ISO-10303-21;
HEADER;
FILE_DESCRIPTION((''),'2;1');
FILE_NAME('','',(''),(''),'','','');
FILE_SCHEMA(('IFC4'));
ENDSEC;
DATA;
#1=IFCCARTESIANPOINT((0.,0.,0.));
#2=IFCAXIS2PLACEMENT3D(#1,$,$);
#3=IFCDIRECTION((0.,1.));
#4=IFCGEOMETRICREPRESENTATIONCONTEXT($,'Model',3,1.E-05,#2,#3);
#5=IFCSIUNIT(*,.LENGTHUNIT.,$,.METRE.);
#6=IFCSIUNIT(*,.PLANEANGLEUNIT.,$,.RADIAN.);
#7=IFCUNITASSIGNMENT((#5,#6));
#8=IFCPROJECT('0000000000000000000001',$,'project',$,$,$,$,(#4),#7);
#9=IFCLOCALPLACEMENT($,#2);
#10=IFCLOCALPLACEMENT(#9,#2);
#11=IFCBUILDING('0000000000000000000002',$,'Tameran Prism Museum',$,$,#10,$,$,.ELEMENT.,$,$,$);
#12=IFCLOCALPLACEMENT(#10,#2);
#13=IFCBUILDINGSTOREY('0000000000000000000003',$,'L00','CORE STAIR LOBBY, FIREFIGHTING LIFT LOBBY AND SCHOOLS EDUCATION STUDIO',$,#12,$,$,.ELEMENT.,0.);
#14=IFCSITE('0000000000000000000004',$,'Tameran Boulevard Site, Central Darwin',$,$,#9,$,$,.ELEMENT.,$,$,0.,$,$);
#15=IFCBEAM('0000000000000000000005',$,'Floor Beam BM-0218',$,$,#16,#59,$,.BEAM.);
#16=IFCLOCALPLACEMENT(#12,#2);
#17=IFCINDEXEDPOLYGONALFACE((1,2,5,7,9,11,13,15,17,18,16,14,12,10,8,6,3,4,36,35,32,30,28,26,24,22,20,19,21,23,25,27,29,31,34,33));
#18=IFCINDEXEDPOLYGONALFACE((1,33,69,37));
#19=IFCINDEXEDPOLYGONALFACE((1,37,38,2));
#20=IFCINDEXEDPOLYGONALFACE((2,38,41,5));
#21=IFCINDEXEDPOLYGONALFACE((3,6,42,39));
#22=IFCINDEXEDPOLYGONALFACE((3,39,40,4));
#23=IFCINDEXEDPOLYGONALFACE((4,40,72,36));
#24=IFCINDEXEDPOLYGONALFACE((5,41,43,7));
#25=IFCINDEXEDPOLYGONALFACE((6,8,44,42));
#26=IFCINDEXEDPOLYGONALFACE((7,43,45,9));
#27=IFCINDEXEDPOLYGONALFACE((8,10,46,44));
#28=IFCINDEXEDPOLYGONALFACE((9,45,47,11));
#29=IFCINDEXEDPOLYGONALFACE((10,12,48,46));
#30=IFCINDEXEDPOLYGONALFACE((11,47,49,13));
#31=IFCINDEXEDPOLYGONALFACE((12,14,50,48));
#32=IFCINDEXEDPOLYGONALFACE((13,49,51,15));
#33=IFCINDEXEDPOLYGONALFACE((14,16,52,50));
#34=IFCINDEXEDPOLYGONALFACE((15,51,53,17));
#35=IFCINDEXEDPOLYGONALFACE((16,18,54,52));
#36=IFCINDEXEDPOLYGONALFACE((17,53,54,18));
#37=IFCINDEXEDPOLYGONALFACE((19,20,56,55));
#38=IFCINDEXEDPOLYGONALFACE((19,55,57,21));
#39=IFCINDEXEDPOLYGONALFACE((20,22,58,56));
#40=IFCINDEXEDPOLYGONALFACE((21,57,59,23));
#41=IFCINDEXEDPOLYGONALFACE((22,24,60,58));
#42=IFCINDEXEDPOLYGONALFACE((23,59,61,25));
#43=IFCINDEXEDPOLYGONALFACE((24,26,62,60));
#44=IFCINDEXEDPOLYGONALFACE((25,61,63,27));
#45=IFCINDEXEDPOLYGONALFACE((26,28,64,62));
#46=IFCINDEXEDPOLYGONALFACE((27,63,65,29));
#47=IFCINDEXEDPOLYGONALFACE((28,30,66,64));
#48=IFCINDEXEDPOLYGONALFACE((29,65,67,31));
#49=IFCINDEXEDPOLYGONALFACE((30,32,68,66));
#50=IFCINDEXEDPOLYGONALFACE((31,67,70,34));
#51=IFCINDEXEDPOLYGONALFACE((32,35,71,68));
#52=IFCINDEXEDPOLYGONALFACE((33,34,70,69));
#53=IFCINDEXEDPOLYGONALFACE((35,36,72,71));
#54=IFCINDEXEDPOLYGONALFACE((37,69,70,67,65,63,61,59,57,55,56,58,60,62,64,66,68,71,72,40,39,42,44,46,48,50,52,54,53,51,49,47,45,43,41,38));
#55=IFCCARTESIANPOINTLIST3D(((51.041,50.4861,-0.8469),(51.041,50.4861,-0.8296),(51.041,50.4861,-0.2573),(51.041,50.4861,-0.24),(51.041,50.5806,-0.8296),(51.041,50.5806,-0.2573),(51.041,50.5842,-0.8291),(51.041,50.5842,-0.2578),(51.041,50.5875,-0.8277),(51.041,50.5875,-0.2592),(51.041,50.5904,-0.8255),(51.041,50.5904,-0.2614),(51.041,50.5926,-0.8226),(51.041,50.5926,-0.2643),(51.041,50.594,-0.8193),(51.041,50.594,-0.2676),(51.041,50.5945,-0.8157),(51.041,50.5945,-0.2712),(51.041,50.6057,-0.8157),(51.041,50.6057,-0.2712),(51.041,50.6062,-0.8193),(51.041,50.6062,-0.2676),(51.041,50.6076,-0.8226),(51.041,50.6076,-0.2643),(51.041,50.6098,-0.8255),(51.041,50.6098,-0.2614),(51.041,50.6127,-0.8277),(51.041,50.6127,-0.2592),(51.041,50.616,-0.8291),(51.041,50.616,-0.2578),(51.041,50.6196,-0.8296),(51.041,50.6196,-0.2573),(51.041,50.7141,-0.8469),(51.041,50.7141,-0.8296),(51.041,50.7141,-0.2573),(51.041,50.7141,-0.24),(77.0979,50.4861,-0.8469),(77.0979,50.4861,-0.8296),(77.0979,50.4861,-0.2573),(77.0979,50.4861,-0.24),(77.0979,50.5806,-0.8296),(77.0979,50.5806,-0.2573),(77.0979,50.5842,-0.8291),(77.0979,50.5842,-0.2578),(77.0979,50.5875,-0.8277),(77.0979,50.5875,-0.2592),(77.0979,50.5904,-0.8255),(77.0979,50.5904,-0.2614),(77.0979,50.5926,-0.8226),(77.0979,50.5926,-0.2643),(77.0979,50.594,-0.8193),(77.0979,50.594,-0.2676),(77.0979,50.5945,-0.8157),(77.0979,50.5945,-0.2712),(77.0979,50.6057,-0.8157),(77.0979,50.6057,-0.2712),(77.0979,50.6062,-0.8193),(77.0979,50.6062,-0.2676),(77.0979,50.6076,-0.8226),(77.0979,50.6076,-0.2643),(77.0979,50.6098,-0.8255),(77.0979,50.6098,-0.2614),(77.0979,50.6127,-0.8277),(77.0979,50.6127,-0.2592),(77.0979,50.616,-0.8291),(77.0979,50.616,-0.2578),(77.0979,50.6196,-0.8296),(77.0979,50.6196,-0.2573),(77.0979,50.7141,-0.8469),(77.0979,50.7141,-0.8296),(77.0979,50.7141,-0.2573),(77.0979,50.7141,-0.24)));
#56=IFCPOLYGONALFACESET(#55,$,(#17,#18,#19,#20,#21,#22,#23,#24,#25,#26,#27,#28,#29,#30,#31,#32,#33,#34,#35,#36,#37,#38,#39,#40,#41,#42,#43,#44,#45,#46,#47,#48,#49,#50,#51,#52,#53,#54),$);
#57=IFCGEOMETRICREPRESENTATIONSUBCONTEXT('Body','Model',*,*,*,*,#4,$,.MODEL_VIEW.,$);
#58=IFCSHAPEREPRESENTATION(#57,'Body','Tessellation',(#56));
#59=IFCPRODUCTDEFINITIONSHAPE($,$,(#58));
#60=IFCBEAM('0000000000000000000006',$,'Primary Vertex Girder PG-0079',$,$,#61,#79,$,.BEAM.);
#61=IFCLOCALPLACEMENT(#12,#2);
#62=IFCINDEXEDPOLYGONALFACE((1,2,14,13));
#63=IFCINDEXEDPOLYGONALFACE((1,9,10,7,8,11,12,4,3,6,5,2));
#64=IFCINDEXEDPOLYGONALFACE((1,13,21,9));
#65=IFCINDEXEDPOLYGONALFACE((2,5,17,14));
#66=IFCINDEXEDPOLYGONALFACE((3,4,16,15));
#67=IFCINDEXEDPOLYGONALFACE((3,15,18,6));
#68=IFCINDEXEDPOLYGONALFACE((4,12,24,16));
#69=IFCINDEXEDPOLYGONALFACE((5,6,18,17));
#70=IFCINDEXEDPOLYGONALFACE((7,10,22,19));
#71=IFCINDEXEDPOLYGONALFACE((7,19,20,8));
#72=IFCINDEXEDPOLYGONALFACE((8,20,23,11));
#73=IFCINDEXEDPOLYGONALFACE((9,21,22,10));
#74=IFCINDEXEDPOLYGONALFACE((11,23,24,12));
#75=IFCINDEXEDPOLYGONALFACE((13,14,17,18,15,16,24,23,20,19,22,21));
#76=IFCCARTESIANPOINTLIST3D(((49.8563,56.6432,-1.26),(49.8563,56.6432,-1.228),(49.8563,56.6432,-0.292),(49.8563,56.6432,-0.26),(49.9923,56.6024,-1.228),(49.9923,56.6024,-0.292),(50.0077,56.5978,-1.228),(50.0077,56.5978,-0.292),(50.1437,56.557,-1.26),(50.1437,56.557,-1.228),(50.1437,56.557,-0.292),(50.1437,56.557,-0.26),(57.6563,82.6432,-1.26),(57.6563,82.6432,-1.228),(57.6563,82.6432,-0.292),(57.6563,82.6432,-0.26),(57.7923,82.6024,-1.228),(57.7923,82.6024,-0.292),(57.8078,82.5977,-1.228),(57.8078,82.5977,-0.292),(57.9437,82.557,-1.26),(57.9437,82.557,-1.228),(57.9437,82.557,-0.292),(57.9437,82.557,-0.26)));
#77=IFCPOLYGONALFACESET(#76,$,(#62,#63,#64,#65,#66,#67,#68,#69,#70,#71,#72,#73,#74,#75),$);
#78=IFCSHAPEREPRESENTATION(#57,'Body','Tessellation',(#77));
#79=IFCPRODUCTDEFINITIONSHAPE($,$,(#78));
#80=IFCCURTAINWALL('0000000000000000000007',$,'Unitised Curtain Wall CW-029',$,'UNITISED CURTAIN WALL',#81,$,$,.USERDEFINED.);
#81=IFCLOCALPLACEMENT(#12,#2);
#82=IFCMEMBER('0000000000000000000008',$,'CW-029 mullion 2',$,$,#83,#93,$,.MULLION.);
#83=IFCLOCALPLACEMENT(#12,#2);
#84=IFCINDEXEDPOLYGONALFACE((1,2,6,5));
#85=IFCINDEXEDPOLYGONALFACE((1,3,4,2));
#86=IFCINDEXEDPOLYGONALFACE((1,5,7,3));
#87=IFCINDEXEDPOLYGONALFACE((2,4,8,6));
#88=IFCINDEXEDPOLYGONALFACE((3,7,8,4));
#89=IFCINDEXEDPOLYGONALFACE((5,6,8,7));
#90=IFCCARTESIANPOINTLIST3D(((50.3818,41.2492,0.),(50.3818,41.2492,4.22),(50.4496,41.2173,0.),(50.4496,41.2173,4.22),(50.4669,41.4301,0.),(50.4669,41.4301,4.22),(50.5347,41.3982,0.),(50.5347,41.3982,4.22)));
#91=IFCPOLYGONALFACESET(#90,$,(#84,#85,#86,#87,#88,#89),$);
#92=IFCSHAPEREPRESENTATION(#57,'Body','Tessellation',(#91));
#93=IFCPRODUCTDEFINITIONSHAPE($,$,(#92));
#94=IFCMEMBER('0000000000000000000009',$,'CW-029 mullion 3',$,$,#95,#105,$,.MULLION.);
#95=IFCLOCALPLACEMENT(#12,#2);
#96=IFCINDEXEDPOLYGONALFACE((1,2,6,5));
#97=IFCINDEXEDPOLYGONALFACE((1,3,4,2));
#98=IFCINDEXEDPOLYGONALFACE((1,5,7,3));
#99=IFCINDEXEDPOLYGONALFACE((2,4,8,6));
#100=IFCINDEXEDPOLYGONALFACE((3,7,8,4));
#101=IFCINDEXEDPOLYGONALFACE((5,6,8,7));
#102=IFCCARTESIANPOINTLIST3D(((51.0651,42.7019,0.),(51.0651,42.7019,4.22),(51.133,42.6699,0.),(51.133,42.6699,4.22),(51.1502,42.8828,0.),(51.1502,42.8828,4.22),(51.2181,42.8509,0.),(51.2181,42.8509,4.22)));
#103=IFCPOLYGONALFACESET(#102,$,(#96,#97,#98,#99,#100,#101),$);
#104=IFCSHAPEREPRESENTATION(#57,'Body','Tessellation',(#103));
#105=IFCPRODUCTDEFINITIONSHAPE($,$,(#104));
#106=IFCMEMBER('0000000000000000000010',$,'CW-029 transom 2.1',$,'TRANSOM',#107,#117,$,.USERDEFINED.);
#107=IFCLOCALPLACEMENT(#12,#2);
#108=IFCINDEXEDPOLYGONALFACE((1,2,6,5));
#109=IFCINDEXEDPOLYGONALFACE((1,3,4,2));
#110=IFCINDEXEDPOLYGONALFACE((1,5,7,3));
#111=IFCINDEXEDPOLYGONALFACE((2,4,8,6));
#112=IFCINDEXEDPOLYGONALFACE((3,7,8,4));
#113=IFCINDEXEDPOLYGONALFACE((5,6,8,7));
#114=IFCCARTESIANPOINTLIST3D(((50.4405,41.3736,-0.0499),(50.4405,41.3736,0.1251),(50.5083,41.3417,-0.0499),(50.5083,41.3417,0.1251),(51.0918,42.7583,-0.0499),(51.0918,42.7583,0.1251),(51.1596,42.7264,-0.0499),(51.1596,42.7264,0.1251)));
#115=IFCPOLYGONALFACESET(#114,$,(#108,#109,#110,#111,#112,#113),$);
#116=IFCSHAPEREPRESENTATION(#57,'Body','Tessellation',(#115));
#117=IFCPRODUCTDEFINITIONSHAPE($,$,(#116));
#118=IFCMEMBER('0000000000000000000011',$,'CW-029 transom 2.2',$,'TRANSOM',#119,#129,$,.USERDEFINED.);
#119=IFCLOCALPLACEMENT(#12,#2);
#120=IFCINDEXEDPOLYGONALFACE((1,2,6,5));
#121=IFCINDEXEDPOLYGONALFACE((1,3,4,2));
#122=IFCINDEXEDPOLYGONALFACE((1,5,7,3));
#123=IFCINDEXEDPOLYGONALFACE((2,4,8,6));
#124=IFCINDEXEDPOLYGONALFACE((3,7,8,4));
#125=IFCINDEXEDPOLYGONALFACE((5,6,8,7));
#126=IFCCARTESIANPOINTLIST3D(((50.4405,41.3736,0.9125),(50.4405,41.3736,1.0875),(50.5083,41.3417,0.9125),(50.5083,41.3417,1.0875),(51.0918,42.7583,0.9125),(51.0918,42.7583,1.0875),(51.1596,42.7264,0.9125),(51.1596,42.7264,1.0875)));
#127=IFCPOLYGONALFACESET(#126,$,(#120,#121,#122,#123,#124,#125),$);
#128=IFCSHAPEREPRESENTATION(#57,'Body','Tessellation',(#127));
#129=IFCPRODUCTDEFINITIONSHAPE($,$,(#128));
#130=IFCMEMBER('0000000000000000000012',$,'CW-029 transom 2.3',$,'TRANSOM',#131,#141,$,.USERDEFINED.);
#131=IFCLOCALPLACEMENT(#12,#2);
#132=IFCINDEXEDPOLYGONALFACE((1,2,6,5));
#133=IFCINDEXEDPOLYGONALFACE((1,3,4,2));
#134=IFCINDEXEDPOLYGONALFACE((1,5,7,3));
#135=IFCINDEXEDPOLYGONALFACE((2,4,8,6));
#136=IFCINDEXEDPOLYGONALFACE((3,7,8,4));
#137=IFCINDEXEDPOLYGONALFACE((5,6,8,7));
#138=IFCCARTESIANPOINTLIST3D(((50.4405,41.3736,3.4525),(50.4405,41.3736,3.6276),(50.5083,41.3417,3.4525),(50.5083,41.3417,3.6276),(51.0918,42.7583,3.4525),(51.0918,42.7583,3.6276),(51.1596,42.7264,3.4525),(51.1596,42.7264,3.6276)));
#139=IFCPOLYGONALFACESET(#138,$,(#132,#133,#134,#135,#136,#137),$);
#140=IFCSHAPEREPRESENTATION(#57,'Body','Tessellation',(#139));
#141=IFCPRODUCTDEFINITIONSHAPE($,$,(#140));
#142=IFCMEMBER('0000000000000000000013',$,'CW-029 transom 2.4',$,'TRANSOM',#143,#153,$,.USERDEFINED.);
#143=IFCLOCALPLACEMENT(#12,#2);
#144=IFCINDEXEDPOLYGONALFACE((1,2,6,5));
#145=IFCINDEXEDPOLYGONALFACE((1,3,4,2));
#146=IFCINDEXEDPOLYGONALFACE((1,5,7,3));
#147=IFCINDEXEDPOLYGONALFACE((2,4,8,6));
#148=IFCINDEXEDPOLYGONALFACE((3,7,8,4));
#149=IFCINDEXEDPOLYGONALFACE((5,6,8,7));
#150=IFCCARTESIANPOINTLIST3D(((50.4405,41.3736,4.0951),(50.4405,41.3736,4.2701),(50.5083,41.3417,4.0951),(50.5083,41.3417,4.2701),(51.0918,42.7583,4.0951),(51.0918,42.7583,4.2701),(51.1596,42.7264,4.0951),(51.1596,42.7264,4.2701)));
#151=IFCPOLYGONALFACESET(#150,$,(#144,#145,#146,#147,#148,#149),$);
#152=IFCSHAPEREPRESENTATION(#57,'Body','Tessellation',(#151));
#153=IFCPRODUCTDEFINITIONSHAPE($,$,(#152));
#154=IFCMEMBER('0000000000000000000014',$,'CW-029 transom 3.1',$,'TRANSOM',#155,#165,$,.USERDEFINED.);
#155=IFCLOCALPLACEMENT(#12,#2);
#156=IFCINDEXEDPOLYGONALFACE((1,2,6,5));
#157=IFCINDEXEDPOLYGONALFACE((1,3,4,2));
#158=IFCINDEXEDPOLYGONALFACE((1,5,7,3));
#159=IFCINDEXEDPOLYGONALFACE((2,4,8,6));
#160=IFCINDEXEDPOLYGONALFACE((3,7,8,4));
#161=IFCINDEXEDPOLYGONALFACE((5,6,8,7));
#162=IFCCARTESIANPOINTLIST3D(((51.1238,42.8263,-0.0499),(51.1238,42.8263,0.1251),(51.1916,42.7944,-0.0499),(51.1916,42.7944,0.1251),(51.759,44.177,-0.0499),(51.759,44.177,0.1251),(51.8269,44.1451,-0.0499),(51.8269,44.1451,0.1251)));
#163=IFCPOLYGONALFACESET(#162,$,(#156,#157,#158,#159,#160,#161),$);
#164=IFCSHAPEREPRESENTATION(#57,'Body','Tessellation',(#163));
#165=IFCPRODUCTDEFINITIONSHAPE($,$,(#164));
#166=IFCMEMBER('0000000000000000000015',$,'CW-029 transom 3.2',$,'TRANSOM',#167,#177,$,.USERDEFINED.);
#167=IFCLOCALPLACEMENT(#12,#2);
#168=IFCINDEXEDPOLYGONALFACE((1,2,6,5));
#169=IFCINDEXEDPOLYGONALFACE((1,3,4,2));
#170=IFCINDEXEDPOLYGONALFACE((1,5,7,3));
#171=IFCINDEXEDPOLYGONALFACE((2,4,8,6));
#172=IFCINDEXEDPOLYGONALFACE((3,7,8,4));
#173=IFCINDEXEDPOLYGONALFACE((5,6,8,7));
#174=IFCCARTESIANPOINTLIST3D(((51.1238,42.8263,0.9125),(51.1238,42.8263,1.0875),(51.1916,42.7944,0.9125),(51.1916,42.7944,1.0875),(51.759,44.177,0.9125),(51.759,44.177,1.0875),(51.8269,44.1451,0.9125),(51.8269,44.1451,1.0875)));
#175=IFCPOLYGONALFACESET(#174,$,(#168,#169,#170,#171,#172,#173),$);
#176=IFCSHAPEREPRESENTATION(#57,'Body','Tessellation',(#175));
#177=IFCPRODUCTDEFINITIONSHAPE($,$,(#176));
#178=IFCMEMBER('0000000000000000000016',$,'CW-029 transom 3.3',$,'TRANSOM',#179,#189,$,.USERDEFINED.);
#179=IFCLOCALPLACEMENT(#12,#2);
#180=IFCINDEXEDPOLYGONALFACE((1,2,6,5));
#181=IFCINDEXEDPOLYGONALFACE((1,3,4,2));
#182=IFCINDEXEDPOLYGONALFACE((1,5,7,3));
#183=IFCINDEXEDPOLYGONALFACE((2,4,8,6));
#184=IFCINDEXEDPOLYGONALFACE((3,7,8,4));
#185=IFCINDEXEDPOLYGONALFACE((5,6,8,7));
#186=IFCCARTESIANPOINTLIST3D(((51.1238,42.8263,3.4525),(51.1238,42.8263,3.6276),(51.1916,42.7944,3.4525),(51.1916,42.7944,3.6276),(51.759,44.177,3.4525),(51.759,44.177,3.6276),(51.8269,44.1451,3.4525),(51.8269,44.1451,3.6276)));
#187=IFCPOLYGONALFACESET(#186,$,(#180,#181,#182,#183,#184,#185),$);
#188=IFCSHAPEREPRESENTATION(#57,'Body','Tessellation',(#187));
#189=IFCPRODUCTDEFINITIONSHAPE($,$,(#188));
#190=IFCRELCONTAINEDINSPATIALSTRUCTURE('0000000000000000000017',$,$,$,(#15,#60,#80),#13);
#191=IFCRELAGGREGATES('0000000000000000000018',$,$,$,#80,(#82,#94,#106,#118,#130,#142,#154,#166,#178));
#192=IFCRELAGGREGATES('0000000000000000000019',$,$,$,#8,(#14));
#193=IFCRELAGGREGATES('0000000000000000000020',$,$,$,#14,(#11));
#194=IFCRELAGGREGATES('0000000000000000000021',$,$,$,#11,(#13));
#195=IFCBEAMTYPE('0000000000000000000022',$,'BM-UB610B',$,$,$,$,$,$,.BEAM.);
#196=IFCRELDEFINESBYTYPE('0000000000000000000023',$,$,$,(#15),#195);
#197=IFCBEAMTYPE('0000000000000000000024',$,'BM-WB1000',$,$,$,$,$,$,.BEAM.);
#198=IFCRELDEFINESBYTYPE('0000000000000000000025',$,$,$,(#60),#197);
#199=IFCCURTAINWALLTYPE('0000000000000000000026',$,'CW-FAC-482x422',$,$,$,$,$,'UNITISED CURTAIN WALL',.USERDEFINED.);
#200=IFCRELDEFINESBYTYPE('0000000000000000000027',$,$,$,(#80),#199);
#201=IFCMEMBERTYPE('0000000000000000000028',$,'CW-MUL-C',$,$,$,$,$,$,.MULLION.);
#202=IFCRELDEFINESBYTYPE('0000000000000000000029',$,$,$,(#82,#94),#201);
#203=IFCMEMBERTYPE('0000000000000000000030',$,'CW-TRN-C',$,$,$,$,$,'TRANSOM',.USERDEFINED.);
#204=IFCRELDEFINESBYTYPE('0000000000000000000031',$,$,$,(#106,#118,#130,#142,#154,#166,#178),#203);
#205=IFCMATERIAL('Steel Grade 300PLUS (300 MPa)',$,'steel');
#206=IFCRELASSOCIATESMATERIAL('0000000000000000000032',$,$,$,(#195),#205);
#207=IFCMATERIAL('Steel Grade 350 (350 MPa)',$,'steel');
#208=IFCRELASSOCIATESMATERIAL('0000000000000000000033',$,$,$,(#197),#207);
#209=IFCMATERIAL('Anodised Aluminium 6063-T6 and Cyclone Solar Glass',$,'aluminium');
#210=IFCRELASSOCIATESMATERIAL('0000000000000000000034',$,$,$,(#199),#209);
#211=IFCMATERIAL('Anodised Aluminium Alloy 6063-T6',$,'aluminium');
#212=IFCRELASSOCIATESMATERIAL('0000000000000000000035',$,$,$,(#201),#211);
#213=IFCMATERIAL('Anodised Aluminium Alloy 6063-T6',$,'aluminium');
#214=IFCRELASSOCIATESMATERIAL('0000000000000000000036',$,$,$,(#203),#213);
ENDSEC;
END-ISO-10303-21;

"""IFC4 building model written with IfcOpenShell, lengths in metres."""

from ifc_helpers import new_model, si_unit, direction, frame, origin, origin_2d, place, context, subcontext, project, spatial, rectangle, i_section, extrude, material, material_profile, profile_set, type_object, element, aggregate, save


model = new_model("IFC4")

# Units and contexts
model_context = context("Model", 3, precision=1e-05, world=origin(), true_north=direction((0.0, 1.0)))
body_context = subcontext(model_context, "Body", "Model", "MODEL_VIEW")
ifc_project = project(units=[si_unit("LENGTHUNIT", "METRE"), si_unit("PLANEANGLEUNIT", "RADIAN")], contexts=[model_context])

# Site, building, storey
site_placement = place(None, origin())
site = spatial("IfcSite", under=ifc_project, at=site_placement, Name="Tameran Boulevard Site, Central Darwin", CompositionType="ELEMENT", RefElevation=0.0)
building_placement = place(site_placement, origin())
building = spatial("IfcBuilding", under=site, at=building_placement, Name="Tameran Prism Museum", CompositionType="ELEMENT")
storey_placement = place(building_placement, origin())
storey = spatial("IfcBuildingStorey", under=building, at=storey_placement, Name="L00", Description="CORE STAIR LOBBY, FIREFIGHTING LIFT LOBBY AND SCHOOLS EDUCATION STUDIO", CompositionType="ELEMENT", Elevation=0.0)

# Beams
ifc_material_1 = material(Name="Steel Grade 300PLUS (300 MPa)", Category="steel")
ifc_material_profile_1 = material_profile(ifc_material_1, i_section(OverallWidth=0.228, OverallDepth=0.6069, WebThickness=0.0112, FlangeThickness=0.0173, FilletRadius=0.0139, at=origin_2d()))
ifc_profile_set_1 = profile_set([ifc_material_profile_1])
beam_type_1 = type_object("IfcBeamType", Name="BM-UB610B", PredefinedType="BEAM", material=ifc_profile_set_1)
beam_1_placement = place(storey_placement, frame((51.041, 50.6001, -0.5435), z_axis=(1.0, 0.0, 0.0), x_axis=(0.0, 1.0, 0.0)))
element("IfcBeam", 1, at=beam_1_placement, inside=storey, type_object=beam_type_1, Name="Floor Beam BM-0218", PredefinedType="BEAM", context=body_context, shape_type="SweptSolid", body=[
    extrude(i_section(OverallWidth=0.228, OverallDepth=0.6069, WebThickness=0.0112, FlangeThickness=0.0173, FilletRadius=0.0139, at=origin_2d()), origin(), (0.0, 0.0, 1.0), 26.0569),
])
ifc_material_2 = material(Name="Steel Grade 350 (350 MPa)", Category="steel")
ifc_material_profile_2 = material_profile(ifc_material_2, i_section(OverallWidth=0.3, OverallDepth=1.0, WebThickness=0.0161, FlangeThickness=0.032, at=origin_2d()))
ifc_profile_set_2 = profile_set([ifc_material_profile_2])
beam_type_2 = type_object("IfcBeamType", Name="BM-WB1000", PredefinedType="BEAM", material=ifc_profile_set_2)
beam_2_placement = place(storey_placement, frame((50.0, 56.6001, -0.76), z_axis=(0.28735, 0.957826, 0.0), x_axis=(-0.957826, 0.28735, 0.0)))
element("IfcBeam", 2, at=beam_2_placement, inside=storey, type_object=beam_type_2, Name="Primary Vertex Girder PG-0079", PredefinedType="BEAM", context=body_context, shape_type="SweptSolid", body=[
    extrude(i_section(OverallWidth=0.3, OverallDepth=1.0, WebThickness=0.0161, FlangeThickness=0.032, at=origin_2d()), origin(), (0.0, 0.0, 1.0), 27.1448),
])

# Curtain wall, members
ifc_material_3 = material(Name="Anodised Aluminium 6063-T6 and Cyclone Solar Glass", Category="aluminium")
curtain_wall_type = type_object("IfcCurtainWallType", Name="CW-FAC-482x422", ElementType="UNITISED CURTAIN WALL", PredefinedType="USERDEFINED", material=ifc_material_3)
curtain_wall_placement = place(storey_placement, origin())
curtain_wall = element("IfcCurtainWall", 3, at=curtain_wall_placement, inside=storey, type_object=curtain_wall_type, Name="Unitised Curtain Wall CW-029", ObjectType="UNITISED CURTAIN WALL", PredefinedType="USERDEFINED")
ifc_material_4 = material(Name="Anodised Aluminium Alloy 6063-T6", Category="aluminium")
ifc_material_profile_3 = material_profile(ifc_material_4, rectangle(XDim=0.075, YDim=0.2, at=origin_2d()))
ifc_profile_set_3 = profile_set([ifc_material_profile_3])
member_type_1 = type_object("IfcMemberType", Name="CW-MUL-C", PredefinedType="MULLION", material=ifc_profile_set_3)
member_1_placement = place(storey_placement, frame((50.4583, 41.3237, 0.0), z_axis=(0.0, 0.0, 1.0), x_axis=(-0.904885, 0.425657, 0.0)))
member_1 = element("IfcMember", 4, at=member_1_placement, type_object=member_type_1, Name="CW-029 mullion 2", PredefinedType="MULLION", context=body_context, shape_type="SweptSolid", body=[
    extrude(rectangle(XDim=0.075, YDim=0.2, at=origin_2d()), origin(), (0.0, 0.0, 1.0), 4.22),
])
member_2_placement = place(storey_placement, frame((51.1416, 42.7764, 0.0), z_axis=(0.0, 0.0, 1.0), x_axis=(-0.904885, 0.425657, 0.0)))
member_2 = element("IfcMember", 5, at=member_2_placement, type_object=member_type_1, Name="CW-029 mullion 3", PredefinedType="MULLION", context=body_context, shape_type="SweptSolid", body=[
    extrude(rectangle(XDim=0.075, YDim=0.2, at=origin_2d()), origin(), (0.0, 0.0, 1.0), 4.22),
])
ifc_material_5 = material(Name="Anodised Aluminium Alloy 6063-T6", Category="aluminium")
ifc_material_profile_4 = material_profile(ifc_material_5, rectangle(XDim=0.075, YDim=0.175, at=origin_2d()))
ifc_profile_set_4 = profile_set([ifc_material_profile_4])
member_type_2 = type_object("IfcMemberType", Name="CW-TRN-C", ElementType="TRANSOM", PredefinedType="USERDEFINED", material=ifc_profile_set_4)
member_3_placement = place(storey_placement, frame((50.4744, 41.3577, 0.0376), z_axis=(0.425643, 0.904891, 0.0), x_axis=(-0.904891, 0.425643, 0.0)))
member_3 = element("IfcMember", 6, at=member_3_placement, type_object=member_type_2, Name="CW-029 transom 2.1", ObjectType="TRANSOM", PredefinedType="USERDEFINED", context=body_context, shape_type="SweptSolid", body=[
    extrude(rectangle(XDim=0.075, YDim=0.175, at=origin_2d()), origin(), (0.0, 0.0, 1.0), 1.5303),
])
member_4_placement = place(storey_placement, frame((50.4744, 41.3577, 1.0), z_axis=(0.425643, 0.904891, 0.0), x_axis=(-0.904891, 0.425643, 0.0)))
member_4 = element("IfcMember", 7, at=member_4_placement, type_object=member_type_2, Name="CW-029 transom 2.2", ObjectType="TRANSOM", PredefinedType="USERDEFINED", context=body_context, shape_type="SweptSolid", body=[
    extrude(rectangle(XDim=0.075, YDim=0.175, at=origin_2d()), origin(), (0.0, 0.0, 1.0), 1.5303),
])
member_5_placement = place(storey_placement, frame((50.4744, 41.3577, 3.54), z_axis=(0.425643, 0.904891, 0.0), x_axis=(-0.904891, 0.425643, 0.0)))
member_5 = element("IfcMember", 8, at=member_5_placement, type_object=member_type_2, Name="CW-029 transom 2.3", ObjectType="TRANSOM", PredefinedType="USERDEFINED", context=body_context, shape_type="SweptSolid", body=[
    extrude(rectangle(XDim=0.075, YDim=0.175, at=origin_2d()), origin(), (0.0, 0.0, 1.0), 1.5303),
])
member_6_placement = place(storey_placement, frame((50.4744, 41.3577, 4.1826), z_axis=(0.425643, 0.904891, 0.0), x_axis=(-0.904891, 0.425643, 0.0)))
member_6 = element("IfcMember", 9, at=member_6_placement, type_object=member_type_2, Name="CW-029 transom 2.4", ObjectType="TRANSOM", PredefinedType="USERDEFINED", context=body_context, shape_type="SweptSolid", body=[
    extrude(rectangle(XDim=0.075, YDim=0.175, at=origin_2d()), origin(), (0.0, 0.0, 1.0), 1.5303),
])
member_7_placement = place(storey_placement, frame((51.1577, 42.8103, 0.0376), z_axis=(0.425561, 0.90493, 0.0), x_axis=(-0.90493, 0.425561, 0.0)))
member_7 = element("IfcMember", 10, at=member_7_placement, type_object=member_type_2, Name="CW-029 transom 3.1", ObjectType="TRANSOM", PredefinedType="USERDEFINED", context=body_context, shape_type="SweptSolid", body=[
    extrude(rectangle(XDim=0.075, YDim=0.175, at=origin_2d()), origin(), (0.0, 0.0, 1.0), 1.4927),
])
member_8_placement = place(storey_placement, frame((51.1577, 42.8103, 1.0), z_axis=(0.425561, 0.90493, 0.0), x_axis=(-0.90493, 0.425561, 0.0)))
member_8 = element("IfcMember", 11, at=member_8_placement, type_object=member_type_2, Name="CW-029 transom 3.2", ObjectType="TRANSOM", PredefinedType="USERDEFINED", context=body_context, shape_type="SweptSolid", body=[
    extrude(rectangle(XDim=0.075, YDim=0.175, at=origin_2d()), origin(), (0.0, 0.0, 1.0), 1.4927),
])
member_9_placement = place(storey_placement, frame((51.1577, 42.8103, 3.54), z_axis=(0.425561, 0.90493, 0.0), x_axis=(-0.90493, 0.425561, 0.0)))
member_9 = element("IfcMember", 12, at=member_9_placement, type_object=member_type_2, Name="CW-029 transom 3.3", ObjectType="TRANSOM", PredefinedType="USERDEFINED", context=body_context, shape_type="SweptSolid", body=[
    extrude(rectangle(XDim=0.075, YDim=0.175, at=origin_2d()), origin(), (0.0, 0.0, 1.0), 1.4927),
])
aggregate(curtain_wall, [member_1, member_2, member_3, member_4, member_5, member_6, member_7, member_8, member_9])

save(model, "model.ifc")
